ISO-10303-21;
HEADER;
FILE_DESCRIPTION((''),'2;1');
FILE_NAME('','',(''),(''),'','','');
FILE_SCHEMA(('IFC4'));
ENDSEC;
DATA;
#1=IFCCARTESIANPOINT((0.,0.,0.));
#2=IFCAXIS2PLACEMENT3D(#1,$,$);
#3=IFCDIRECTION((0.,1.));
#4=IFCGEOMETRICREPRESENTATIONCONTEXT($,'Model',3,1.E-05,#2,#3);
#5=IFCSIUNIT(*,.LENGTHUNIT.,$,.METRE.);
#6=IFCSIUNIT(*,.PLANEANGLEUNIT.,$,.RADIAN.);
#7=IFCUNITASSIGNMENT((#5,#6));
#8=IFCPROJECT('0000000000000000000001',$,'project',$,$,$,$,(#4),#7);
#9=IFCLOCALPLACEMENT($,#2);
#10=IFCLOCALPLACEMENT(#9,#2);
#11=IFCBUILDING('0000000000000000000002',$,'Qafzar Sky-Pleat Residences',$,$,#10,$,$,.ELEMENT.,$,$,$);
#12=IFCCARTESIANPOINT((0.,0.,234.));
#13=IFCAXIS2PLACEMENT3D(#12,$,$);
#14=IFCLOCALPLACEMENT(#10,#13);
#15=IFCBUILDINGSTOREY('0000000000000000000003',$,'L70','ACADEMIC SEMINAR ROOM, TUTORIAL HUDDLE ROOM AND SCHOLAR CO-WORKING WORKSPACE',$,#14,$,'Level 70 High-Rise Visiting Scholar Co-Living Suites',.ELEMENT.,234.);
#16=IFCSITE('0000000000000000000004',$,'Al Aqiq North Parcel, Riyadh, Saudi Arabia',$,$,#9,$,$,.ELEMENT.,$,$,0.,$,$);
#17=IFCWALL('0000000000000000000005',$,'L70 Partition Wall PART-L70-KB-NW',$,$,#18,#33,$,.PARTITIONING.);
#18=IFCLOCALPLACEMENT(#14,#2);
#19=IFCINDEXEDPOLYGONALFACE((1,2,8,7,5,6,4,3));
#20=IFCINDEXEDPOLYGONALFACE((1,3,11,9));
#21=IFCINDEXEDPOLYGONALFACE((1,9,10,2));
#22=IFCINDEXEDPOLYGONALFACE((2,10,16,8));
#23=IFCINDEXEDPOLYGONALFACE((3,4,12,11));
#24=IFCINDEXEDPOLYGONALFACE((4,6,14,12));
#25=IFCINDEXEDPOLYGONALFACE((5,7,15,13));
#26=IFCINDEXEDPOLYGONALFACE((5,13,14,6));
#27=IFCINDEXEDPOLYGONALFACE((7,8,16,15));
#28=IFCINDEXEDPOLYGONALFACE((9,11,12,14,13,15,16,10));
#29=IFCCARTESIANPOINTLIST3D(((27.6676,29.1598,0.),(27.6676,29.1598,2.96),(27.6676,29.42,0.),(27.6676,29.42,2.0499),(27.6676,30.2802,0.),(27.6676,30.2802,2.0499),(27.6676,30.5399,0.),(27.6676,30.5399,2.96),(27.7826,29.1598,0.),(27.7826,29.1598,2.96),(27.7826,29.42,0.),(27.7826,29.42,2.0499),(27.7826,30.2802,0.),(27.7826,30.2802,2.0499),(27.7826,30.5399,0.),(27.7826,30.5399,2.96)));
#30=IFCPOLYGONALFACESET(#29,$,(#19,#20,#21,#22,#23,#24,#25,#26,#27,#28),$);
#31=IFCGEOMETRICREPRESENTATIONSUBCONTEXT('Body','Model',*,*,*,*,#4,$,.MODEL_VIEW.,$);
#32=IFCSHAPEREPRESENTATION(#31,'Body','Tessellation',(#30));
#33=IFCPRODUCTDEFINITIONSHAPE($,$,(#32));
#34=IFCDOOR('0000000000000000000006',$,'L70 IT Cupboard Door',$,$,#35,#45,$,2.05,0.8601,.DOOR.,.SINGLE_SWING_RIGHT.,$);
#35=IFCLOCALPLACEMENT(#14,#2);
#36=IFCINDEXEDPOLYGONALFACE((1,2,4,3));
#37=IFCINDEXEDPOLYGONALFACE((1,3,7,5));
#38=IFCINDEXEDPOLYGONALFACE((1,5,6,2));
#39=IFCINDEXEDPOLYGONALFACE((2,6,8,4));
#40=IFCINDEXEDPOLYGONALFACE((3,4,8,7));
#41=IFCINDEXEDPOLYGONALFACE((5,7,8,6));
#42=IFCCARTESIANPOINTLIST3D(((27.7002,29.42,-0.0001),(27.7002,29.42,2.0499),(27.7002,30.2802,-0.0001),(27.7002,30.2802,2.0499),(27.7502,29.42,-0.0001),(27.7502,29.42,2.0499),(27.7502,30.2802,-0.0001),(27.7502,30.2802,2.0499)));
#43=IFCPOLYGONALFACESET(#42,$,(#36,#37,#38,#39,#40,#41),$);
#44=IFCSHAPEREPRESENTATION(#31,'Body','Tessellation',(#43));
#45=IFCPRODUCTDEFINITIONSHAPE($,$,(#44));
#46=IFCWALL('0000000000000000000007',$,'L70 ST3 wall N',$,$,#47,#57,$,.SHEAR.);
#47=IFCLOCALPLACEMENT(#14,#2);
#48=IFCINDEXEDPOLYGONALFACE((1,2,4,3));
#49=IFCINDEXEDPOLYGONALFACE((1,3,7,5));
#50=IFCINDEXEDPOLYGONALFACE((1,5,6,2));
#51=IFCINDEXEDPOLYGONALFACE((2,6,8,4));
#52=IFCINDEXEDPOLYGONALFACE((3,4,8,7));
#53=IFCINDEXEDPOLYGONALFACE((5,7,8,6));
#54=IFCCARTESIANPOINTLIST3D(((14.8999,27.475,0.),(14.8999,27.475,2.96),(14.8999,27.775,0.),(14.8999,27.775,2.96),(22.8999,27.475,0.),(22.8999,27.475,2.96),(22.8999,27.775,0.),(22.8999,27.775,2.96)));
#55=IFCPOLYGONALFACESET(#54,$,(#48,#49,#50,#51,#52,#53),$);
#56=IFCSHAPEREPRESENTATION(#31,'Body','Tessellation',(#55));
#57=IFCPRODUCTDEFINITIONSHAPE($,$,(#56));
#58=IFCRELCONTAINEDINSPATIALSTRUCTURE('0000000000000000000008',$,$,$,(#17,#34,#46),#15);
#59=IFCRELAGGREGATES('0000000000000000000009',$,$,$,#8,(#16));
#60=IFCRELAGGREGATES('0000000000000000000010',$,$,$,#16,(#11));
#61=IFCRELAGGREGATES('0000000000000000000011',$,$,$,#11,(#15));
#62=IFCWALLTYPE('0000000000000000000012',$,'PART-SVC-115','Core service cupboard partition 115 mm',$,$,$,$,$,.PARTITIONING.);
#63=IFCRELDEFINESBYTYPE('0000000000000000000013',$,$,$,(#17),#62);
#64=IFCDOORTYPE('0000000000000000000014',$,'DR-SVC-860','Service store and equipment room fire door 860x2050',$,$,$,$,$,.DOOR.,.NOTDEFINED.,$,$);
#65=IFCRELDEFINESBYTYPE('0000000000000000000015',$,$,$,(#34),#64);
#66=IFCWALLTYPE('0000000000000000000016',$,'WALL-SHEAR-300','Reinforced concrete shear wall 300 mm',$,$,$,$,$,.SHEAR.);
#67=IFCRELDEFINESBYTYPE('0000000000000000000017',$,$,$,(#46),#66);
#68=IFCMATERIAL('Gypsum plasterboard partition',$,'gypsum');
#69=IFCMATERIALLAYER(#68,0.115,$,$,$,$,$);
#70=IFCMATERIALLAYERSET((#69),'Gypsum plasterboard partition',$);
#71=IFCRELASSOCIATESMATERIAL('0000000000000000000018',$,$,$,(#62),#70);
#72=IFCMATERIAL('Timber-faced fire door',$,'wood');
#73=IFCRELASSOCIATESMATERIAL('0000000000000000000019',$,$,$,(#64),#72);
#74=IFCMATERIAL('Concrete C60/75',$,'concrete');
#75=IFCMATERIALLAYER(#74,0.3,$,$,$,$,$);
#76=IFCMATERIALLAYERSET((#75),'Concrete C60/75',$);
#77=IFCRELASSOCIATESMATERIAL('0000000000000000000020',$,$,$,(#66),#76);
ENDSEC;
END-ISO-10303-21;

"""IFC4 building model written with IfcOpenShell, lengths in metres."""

from ifc_helpers import new_model, si_unit, direction, frame, frame_2d, origin, place, context, subcontext, project, spatial, rectangle, extrude, source, transform, mapped, material, layer, layer_set, type_object, element, fill, save


model = new_model("IFC4")

# Units and contexts
model_context = context("Model", 3, precision=1e-05, world=origin(), true_north=direction((0.0, 1.0)))
body_context = subcontext(model_context, "Body", "Model", "MODEL_VIEW")
ifc_project = project(units=[si_unit("LENGTHUNIT", "METRE"), si_unit("PLANEANGLEUNIT", "RADIAN")], contexts=[model_context])

# Site, building, storey
site_placement = place(None, origin())
site = spatial("IfcSite", under=ifc_project, at=site_placement, Name="Al Aqiq North Parcel, Riyadh, Saudi Arabia", CompositionType="ELEMENT", RefElevation=0.0)
building_placement = place(site_placement, origin())
building = spatial("IfcBuilding", under=site, at=building_placement, Name="Qafzar Sky-Pleat Residences", CompositionType="ELEMENT")
storey_placement = place(building_placement, frame((0.0, 0.0, 234.0)))
storey = spatial("IfcBuildingStorey", under=building, at=storey_placement, Name="L70", Description="ACADEMIC SEMINAR ROOM, TUTORIAL HUDDLE ROOM AND SCHOLAR CO-WORKING WORKSPACE", LongName="Level 70 High-Rise Visiting Scholar Co-Living Suites", CompositionType="ELEMENT", Elevation=234.0)

# Shared definitions
ifc_material_1 = material(Name="Timber-faced fire door", Category="wood")

# Wall, opening, door
ifc_material_2 = material(Name="Gypsum plasterboard partition", Category="gypsum")
ifc_layer_1 = layer(ifc_material_2, 0.115)
ifc_layer_set_1 = layer_set([ifc_layer_1], Name="Gypsum plasterboard partition")
wall_type_1 = type_object("IfcWallType", Name="PART-SVC-115", Description="Core service cupboard partition 115 mm", PredefinedType="PARTITIONING", material=ifc_layer_set_1)
wall_1_placement = place(storey_placement, frame((27.7251, 29.1599, 0.0), z_axis=(0.0, 0.0, 1.0), x_axis=(0.0, 1.0, 0.0)))
wall_1 = element("IfcWall", 1, at=wall_1_placement, inside=storey, type_object=wall_type_1, Name="L70 Partition Wall PART-L70-KB-NW", PredefinedType="PARTITIONING", context=body_context, shape_type="SweptSolid", body=[
    extrude(rectangle(XDim=1.3801, YDim=0.115, at=frame_2d((0.6899, 0.0))), origin(), (0.0, 0.0, 1.0), 2.96),
])
opening_1_placement = place(wall_1_placement, frame((0.26, 0.0, 0.0)))
opening_1 = element("IfcOpeningElement", 2, at=opening_1_placement, cuts=wall_1, PredefinedType="OPENING", context=body_context, shape_type="SweptSolid", body=[
    extrude(rectangle(XDim=0.8601, YDim=2.05, at=frame_2d((0.4302, 1.0249))), frame((0.0, 0.0674, 0.0), z_axis=(0.0, -1.0, 0.0), x_axis=(1.0, 0.0, 0.0)), (0.0, 0.0, 1.0), 0.135),
])
door_type_1 = type_object("IfcDoorType", Name="DR-SVC-860", Description="Service store and equipment room fire door 860x2050", OperationType="NOTDEFINED", PredefinedType="DOOR", material=ifc_material_1)
shared_shape_1 = source(origin(), body_context, "Body", "SweptSolid", [
    extrude(rectangle(XDim=0.8601, YDim=2.05, at=frame_2d((0.4302, 1.0249))), frame((0.0, 0.0249, 0.0), z_axis=(0.0, -1.0, 0.0), x_axis=(1.0, 0.0, 0.0)), (0.0, 0.0, 1.0), 0.05),
])
door_1_placement = place(opening_1_placement, origin())
door_1 = element("IfcDoor", 3, at=door_1_placement, inside=storey, type_object=door_type_1, Name="L70 IT Cupboard Door", OperationType="SINGLE_SWING_RIGHT", OverallHeight=2.05, OverallWidth=0.8601, PredefinedType="DOOR", context=body_context, shape_type="MappedRepresentation", body=[
    mapped(shared_shape_1, transform((0.0, 0.0, 0.0), x_axis=(1.0, 0.0, 0.0), y_axis=(0.0, 1.0, 0.0), z_axis=(0.0, 0.0, 1.0), scale=1.0)),
])
fill(opening_1, door_1)

# Shared definitions
ifc_material_3 = material(Name="Concrete C60/75", Category="concrete")
ifc_layer_2 = layer(ifc_material_3, 0.3)
ifc_layer_set_2 = layer_set([ifc_layer_2], Name="Concrete C60/75")
wall_type_2 = type_object("IfcWallType", Name="WALL-SHEAR-300", Description="Reinforced concrete shear wall 300 mm", PredefinedType="SHEAR", material=ifc_layer_set_2)

# Wall
wall_2_placement = place(storey_placement, frame((22.8999, 27.625, 0.0), z_axis=(0.0, 0.0, 1.0), x_axis=(-1.0, 0.0, 0.0)))
element("IfcWall", 4, at=wall_2_placement, inside=storey, type_object=wall_type_2, Name="L70 ST3 wall N", PredefinedType="SHEAR", context=body_context, shape_type="SweptSolid", body=[
    extrude(rectangle(XDim=8.0, YDim=0.3, at=frame_2d((4.0, 0.0))), origin(), (0.0, 0.0, 1.0), 2.96),
])

save(model, "model.ifc")
